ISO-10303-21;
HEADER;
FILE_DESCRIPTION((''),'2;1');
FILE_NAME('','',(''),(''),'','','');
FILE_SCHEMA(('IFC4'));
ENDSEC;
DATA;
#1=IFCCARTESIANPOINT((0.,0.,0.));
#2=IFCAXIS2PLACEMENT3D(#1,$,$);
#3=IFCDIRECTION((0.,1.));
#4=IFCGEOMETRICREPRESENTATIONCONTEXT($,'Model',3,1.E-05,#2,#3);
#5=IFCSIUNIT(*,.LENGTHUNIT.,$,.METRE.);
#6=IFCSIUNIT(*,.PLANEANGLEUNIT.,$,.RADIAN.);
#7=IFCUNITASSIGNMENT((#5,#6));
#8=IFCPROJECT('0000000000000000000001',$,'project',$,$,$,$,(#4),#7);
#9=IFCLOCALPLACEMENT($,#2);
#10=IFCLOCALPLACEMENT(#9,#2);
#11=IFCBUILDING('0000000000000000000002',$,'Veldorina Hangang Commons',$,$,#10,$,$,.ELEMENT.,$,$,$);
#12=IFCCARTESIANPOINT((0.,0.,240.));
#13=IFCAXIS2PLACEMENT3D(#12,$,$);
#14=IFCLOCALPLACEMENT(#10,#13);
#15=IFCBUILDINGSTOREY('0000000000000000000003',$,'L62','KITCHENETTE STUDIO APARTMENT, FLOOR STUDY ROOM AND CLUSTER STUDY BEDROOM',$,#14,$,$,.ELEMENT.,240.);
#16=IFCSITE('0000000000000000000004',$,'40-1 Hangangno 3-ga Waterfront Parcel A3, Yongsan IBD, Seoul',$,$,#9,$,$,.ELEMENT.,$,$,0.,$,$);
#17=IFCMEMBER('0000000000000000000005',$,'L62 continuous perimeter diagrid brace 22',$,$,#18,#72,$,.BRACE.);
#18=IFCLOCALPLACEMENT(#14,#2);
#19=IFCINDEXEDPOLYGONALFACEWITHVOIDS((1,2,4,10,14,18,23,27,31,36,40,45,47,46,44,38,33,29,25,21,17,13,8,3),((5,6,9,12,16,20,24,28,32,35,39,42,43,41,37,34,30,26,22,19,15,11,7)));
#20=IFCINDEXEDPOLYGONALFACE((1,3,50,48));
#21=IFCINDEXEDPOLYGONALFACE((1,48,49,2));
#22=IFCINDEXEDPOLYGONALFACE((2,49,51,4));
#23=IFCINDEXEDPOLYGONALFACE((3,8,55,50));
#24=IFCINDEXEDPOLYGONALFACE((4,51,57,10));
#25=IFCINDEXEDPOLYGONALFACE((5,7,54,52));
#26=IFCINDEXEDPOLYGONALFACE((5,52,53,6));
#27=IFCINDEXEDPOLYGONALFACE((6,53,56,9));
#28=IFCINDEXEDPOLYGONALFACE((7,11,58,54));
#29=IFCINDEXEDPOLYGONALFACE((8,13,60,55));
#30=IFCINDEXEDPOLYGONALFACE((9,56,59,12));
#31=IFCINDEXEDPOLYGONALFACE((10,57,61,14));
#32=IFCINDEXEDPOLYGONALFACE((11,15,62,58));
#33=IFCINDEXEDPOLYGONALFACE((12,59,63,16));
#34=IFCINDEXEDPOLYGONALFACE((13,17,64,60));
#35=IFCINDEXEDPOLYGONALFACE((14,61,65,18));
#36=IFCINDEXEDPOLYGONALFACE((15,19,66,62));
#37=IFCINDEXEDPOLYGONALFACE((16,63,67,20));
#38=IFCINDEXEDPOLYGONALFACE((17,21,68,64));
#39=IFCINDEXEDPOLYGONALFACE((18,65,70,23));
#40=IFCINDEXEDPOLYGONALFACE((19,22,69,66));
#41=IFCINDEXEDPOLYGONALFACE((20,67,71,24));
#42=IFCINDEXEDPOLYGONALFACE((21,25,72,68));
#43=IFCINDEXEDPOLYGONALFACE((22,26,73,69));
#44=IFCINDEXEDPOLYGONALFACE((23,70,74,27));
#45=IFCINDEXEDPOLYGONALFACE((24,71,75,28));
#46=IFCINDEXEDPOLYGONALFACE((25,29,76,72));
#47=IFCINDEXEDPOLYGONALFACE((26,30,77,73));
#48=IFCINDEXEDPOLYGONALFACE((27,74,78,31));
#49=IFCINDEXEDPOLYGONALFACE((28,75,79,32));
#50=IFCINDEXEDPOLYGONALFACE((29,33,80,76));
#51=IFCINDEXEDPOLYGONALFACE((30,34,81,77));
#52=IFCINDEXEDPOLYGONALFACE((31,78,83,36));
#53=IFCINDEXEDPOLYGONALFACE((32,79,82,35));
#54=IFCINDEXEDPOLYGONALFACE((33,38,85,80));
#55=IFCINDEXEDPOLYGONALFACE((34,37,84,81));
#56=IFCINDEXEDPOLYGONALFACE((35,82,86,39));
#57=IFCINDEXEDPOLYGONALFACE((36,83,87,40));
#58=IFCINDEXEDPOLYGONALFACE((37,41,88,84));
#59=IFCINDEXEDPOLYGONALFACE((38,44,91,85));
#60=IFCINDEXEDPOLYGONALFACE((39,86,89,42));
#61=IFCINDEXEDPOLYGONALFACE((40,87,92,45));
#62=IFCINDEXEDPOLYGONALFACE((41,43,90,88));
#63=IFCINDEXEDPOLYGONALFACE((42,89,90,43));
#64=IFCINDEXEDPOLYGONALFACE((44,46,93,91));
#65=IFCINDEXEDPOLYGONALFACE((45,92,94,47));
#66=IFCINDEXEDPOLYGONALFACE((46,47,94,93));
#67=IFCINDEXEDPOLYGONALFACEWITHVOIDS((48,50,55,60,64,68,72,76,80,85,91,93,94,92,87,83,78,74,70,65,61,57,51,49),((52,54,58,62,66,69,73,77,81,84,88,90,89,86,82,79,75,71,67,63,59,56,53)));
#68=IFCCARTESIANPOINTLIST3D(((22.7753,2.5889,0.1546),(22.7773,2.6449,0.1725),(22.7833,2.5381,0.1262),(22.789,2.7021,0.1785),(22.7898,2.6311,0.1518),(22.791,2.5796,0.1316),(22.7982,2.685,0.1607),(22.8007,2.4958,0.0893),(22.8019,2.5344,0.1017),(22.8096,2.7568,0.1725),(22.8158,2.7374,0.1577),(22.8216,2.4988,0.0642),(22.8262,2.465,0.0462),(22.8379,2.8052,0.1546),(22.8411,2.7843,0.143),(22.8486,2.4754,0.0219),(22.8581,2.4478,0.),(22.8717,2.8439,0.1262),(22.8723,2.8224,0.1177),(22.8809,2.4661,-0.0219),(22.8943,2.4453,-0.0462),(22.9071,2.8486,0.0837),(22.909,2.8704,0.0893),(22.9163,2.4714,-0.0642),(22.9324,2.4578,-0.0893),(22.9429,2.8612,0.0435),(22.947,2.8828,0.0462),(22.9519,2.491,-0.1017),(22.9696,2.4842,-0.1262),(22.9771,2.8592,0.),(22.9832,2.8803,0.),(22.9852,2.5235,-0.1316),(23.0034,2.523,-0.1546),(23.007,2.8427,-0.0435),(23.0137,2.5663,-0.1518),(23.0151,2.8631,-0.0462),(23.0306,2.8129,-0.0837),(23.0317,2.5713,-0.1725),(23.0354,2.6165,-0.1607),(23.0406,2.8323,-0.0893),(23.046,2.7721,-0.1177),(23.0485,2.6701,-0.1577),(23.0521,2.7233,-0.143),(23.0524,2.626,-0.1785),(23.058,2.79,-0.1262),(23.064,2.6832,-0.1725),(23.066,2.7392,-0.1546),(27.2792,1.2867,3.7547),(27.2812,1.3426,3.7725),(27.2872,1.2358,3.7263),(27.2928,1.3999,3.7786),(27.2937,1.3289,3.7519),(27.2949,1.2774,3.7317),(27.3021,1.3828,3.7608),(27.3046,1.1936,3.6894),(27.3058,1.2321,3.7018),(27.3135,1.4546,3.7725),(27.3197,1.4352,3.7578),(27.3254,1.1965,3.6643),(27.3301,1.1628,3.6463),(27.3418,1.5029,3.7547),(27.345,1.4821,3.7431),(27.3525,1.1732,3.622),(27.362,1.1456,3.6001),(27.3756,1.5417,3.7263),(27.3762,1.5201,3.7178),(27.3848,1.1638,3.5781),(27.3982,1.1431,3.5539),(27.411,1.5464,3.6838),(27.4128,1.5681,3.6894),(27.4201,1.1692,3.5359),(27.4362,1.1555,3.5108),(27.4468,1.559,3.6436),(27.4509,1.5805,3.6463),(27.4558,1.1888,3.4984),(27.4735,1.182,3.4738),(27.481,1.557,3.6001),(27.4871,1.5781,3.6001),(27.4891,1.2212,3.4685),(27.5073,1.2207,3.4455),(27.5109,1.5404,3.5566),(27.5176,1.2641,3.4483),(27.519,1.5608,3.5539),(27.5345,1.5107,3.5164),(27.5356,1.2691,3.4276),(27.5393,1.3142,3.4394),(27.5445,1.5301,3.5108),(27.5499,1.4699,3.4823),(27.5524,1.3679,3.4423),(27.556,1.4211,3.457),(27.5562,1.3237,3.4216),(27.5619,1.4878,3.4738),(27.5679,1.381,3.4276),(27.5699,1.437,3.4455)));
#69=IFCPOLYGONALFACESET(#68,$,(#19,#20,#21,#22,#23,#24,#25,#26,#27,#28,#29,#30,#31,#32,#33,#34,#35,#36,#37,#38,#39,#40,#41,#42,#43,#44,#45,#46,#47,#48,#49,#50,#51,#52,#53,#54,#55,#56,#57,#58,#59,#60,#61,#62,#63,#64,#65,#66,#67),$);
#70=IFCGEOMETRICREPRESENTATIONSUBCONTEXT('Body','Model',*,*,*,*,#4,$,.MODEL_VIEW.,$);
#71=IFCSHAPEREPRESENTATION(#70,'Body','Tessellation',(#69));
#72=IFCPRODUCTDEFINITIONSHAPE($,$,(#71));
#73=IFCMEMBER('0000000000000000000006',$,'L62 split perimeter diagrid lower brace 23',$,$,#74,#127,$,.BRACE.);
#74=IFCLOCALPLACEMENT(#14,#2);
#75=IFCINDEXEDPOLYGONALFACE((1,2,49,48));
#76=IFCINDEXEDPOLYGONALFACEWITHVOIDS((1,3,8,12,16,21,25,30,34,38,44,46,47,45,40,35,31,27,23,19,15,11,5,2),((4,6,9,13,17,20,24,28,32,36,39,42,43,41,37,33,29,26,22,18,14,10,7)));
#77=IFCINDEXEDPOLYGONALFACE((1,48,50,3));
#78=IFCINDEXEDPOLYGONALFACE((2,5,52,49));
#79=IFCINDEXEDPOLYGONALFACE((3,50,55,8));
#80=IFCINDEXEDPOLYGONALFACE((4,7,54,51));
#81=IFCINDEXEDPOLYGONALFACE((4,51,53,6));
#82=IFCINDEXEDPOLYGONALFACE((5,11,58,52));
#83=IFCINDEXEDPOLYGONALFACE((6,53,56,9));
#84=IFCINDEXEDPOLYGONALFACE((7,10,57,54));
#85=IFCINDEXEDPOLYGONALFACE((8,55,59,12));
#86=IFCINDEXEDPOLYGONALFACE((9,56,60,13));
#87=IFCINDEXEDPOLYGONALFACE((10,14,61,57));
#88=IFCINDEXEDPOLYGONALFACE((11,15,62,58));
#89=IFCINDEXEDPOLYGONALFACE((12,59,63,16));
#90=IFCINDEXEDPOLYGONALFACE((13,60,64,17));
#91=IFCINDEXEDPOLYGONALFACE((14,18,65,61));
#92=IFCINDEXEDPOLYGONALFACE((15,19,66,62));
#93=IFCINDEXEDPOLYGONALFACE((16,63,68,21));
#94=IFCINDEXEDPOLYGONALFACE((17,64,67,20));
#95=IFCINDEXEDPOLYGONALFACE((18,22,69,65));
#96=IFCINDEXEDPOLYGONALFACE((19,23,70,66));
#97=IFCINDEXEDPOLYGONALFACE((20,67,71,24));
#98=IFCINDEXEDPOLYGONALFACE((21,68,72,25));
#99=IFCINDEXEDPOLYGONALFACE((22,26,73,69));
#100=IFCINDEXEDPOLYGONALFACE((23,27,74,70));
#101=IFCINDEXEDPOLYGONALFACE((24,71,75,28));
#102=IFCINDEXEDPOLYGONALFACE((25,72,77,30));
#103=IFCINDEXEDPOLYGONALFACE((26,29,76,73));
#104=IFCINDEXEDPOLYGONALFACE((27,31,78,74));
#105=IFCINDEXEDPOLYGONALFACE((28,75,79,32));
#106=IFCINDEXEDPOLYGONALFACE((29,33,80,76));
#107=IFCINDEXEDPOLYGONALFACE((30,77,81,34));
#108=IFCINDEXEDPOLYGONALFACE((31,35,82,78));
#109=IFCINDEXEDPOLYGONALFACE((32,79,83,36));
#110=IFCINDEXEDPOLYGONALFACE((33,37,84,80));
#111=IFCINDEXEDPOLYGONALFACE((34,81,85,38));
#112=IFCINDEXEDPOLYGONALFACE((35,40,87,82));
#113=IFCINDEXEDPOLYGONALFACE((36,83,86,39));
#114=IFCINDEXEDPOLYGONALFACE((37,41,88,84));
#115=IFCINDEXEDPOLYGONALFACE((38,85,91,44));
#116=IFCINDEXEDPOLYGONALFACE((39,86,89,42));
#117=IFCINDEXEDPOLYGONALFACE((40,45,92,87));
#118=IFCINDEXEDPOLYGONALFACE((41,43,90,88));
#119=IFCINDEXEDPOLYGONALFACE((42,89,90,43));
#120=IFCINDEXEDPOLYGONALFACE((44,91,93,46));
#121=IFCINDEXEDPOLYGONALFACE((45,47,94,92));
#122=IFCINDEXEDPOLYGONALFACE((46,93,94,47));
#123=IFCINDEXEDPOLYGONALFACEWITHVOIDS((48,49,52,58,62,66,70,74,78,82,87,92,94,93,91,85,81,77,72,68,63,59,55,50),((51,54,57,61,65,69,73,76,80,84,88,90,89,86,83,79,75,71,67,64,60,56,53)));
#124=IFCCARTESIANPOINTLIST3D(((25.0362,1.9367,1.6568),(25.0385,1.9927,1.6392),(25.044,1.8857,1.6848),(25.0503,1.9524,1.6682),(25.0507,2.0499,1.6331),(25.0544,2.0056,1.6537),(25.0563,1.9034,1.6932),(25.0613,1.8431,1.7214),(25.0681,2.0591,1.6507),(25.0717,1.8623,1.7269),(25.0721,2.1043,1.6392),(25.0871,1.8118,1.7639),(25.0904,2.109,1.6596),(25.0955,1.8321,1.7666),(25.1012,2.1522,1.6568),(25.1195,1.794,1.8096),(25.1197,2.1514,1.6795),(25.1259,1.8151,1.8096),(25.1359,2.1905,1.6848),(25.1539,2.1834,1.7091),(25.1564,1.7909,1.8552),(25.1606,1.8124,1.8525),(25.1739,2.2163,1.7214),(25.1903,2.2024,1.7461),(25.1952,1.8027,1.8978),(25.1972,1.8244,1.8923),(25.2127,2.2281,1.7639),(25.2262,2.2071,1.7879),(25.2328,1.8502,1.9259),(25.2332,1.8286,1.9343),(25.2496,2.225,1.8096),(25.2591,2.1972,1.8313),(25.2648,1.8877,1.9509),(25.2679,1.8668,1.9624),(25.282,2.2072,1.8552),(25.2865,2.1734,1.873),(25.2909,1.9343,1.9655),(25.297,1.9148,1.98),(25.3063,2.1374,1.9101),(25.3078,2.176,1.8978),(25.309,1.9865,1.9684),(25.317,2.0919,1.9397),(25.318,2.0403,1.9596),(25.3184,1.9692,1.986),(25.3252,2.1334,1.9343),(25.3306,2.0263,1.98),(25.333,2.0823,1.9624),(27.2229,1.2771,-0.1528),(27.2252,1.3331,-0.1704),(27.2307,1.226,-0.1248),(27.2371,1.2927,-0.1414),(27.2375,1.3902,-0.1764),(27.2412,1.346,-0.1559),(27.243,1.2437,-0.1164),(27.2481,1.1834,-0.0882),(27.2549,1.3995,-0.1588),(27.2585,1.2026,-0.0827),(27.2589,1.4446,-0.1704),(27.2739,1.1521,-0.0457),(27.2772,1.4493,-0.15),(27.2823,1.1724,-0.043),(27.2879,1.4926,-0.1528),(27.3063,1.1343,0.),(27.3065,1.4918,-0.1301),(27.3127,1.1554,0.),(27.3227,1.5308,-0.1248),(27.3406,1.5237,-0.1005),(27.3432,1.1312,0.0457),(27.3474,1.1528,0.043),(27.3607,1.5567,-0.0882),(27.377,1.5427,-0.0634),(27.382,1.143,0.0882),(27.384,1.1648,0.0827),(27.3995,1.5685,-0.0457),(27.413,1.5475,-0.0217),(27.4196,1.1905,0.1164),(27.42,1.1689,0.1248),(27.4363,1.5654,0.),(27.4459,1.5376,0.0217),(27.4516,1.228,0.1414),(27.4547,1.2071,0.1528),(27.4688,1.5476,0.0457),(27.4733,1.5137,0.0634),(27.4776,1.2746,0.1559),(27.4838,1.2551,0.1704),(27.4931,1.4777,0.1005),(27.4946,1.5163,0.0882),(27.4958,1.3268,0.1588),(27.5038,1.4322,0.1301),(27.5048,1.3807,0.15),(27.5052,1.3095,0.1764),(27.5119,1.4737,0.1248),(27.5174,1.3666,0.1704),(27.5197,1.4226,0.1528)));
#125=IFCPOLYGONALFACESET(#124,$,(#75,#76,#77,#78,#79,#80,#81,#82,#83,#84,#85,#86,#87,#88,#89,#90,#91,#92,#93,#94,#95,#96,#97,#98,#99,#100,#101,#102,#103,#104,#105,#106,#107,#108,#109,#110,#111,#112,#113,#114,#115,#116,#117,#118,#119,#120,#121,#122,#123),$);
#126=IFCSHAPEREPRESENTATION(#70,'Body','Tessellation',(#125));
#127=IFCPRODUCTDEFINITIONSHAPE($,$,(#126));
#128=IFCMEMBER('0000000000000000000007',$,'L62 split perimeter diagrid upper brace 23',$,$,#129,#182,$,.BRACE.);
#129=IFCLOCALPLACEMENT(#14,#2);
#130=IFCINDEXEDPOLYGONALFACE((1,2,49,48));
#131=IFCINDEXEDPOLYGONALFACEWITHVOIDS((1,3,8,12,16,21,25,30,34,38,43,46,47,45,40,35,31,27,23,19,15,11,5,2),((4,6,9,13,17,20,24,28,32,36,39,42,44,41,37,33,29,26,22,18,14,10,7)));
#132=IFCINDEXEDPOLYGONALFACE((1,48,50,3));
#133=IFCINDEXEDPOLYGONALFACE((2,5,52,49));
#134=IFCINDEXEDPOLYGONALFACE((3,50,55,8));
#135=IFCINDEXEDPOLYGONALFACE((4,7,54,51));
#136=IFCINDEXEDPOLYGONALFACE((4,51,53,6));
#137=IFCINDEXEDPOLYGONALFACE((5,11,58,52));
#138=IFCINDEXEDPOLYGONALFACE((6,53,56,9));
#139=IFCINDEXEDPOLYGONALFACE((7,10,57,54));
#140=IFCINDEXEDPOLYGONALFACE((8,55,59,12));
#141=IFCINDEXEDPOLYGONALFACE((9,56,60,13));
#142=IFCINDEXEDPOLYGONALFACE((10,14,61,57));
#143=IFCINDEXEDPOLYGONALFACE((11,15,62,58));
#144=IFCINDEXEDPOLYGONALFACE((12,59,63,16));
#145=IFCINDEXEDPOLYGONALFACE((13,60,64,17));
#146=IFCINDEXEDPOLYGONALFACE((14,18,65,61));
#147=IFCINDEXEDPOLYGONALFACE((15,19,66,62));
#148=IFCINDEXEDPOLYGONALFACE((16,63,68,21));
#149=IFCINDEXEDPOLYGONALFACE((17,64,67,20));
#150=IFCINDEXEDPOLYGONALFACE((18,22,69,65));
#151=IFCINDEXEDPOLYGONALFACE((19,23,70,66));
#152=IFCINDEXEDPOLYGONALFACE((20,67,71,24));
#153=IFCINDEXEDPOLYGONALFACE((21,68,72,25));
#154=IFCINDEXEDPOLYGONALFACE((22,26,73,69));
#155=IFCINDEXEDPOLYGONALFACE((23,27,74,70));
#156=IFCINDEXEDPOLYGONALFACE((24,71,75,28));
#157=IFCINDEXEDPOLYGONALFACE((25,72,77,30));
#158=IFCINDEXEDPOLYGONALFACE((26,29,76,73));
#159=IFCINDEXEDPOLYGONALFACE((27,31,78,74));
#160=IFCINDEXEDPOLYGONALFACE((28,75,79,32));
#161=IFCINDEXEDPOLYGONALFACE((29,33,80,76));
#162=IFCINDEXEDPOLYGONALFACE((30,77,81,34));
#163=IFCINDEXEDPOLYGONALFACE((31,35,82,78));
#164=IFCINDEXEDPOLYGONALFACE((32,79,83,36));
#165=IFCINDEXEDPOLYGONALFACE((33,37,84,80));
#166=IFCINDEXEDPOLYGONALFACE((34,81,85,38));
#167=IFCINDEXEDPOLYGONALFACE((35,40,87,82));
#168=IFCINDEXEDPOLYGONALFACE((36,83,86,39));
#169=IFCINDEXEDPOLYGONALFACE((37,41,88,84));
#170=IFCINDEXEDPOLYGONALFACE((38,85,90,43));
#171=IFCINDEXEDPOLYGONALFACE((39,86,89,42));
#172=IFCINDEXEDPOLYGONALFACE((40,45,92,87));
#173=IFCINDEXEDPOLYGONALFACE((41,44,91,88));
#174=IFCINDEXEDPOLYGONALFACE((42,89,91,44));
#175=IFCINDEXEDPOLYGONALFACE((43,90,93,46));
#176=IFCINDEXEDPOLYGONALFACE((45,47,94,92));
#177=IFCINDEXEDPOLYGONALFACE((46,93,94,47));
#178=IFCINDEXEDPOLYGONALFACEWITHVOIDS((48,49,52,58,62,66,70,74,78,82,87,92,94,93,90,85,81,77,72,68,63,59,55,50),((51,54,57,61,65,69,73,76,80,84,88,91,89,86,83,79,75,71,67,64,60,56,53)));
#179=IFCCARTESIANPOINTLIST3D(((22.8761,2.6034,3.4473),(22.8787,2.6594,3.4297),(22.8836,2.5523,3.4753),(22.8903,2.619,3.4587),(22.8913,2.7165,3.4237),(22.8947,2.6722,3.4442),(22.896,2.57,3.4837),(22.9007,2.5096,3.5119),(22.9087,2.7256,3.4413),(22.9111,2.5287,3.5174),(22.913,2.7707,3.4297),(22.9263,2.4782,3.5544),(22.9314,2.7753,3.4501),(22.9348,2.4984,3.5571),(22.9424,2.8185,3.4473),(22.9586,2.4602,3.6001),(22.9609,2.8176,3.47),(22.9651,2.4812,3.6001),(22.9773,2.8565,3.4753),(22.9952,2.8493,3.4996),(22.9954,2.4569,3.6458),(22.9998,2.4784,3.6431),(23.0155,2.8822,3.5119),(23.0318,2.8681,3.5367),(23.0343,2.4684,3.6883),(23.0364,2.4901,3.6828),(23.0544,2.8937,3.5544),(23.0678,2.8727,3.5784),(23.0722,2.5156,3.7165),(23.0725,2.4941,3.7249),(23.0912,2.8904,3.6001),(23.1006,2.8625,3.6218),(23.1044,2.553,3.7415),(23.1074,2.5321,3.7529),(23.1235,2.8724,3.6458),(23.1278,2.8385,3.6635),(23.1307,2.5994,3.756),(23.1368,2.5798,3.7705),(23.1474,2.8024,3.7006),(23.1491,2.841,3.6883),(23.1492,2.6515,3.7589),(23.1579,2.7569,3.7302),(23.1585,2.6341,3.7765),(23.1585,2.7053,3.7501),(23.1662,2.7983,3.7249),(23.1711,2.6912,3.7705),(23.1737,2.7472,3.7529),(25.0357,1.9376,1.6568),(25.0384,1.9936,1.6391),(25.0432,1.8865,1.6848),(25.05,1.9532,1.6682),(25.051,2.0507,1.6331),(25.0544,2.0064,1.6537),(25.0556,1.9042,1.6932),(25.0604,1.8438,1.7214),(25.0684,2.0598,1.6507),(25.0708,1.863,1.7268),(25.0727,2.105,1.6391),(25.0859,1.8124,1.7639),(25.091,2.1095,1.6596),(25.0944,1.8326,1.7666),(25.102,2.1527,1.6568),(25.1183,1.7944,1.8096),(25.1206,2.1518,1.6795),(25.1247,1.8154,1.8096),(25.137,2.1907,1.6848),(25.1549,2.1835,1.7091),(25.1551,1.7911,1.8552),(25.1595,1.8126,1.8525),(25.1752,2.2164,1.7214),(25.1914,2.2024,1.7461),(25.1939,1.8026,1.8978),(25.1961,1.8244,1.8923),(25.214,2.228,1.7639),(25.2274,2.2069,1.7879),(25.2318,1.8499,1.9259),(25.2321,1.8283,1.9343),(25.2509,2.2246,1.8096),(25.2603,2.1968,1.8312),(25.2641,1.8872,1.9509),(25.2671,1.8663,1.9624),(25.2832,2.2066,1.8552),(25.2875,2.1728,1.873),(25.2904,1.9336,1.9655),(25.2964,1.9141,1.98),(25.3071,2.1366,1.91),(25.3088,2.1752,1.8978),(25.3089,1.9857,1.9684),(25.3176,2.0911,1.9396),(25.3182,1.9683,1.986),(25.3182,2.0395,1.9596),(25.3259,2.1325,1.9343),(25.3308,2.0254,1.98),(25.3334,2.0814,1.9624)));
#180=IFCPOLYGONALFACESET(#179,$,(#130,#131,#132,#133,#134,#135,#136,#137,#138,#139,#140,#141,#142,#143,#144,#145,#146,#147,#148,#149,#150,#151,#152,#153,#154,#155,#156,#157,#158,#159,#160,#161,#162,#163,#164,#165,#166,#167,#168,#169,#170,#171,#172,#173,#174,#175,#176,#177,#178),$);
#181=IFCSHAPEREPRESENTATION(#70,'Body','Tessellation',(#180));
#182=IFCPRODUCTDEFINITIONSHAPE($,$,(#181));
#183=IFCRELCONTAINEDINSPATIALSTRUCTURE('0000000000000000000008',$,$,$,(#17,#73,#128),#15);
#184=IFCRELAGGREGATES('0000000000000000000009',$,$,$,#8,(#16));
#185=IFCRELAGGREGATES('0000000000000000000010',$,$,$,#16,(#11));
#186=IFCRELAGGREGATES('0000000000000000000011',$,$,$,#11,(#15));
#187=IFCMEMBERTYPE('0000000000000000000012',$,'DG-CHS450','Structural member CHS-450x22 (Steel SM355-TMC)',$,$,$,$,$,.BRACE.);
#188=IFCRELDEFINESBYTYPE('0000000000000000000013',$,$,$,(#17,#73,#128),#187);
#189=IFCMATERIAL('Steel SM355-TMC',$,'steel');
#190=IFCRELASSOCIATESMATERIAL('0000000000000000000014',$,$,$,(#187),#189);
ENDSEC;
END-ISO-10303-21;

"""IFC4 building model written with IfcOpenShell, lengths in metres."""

from ifc_helpers import new_model, si_unit, direction, frame, origin, origin_2d, place, context, subcontext, project, spatial, hollow_circle, extrude, material, material_profile, profile_set, type_object, element, save


model = new_model("IFC4")

# Units and contexts
model_context = context("Model", 3, precision=1e-05, world=origin(), true_north=direction((0.0, 1.0)))
body_context = subcontext(model_context, "Body", "Model", "MODEL_VIEW")
ifc_project = project(units=[si_unit("LENGTHUNIT", "METRE"), si_unit("PLANEANGLEUNIT", "RADIAN")], contexts=[model_context])

# Site, building, storey
site_placement = place(None, origin())
site = spatial("IfcSite", under=ifc_project, at=site_placement, Name="40-1 Hangangno 3-ga Waterfront Parcel A3, Yongsan IBD, Seoul", CompositionType="ELEMENT", RefElevation=0.0)
building_placement = place(site_placement, origin())
building = spatial("IfcBuilding", under=site, at=building_placement, Name="Veldorina Hangang Commons", CompositionType="ELEMENT")
storey_placement = place(building_placement, frame((0.0, 0.0, 240.0)))
storey = spatial("IfcBuildingStorey", under=building, at=storey_placement, Name="L62", Description="KITCHENETTE STUDIO APARTMENT, FLOOR STUDY ROOM AND CLUSTER STUDY BEDROOM", CompositionType="ELEMENT", Elevation=240.0)

# Shared definitions
ifc_material_1 = material(Name="Steel SM355-TMC", Category="steel")

# Members
ifc_material_profile_1 = material_profile(ifc_material_1, hollow_circle(Radius=0.2251, WallThickness=0.022, at=origin_2d()), Name="CHS-450x22")
ifc_profile_set_1 = profile_set([ifc_material_profile_1], Name="Steel SM355-TMC")
member_type_1 = type_object("IfcMemberType", Name="DG-CHS450", Description="Structural member CHS-450x22 (Steel SM355-TMC)", PredefinedType="BRACE", material=ifc_profile_set_1)
member_1_placement = place(storey_placement, frame((22.9207, 2.6641, 0.0), z_axis=(0.761934, -0.220303, 0.609035), x_axis=(0.27776, 0.960651, 0.0)))
element("IfcMember", 1, at=member_1_placement, inside=storey, type_object=member_type_1, Name="L62 continuous perimeter diagrid brace 22", PredefinedType="BRACE", context=body_context, shape_type="SweptSolid", body=[
    extrude(hollow_circle(Radius=0.2251, WallThickness=0.022, at=origin_2d()), origin(), (0.0, 0.0, 1.0), 5.9111),
])
member_2_placement = place(storey_placement, frame((27.3713, 1.3499, 0.0), z_axis=(-0.750423, 0.226375, 0.620982), x_axis=(-0.288809, -0.957387, 0.0)))
element("IfcMember", 2, at=member_2_placement, inside=storey, type_object=member_type_1, Name="L62 split perimeter diagrid lower brace 23", PredefinedType="BRACE", context=body_context, shape_type="SweptSolid", body=[
    extrude(hollow_circle(Radius=0.2251, WallThickness=0.022, at=origin_2d()), origin(), (0.0, 0.0, 1.0), 2.9141),
])
member_3_placement = place(storey_placement, frame((25.1846, 2.0095, 1.8096), z_axis=(-0.749027, 0.230906, 0.621), x_axis=(-0.294594, -0.955622, 0.0)))
element("IfcMember", 3, at=member_3_placement, inside=storey, type_object=member_type_1, Name="L62 split perimeter diagrid upper brace 23", PredefinedType="BRACE", context=body_context, shape_type="SweptSolid", body=[
    extrude(hollow_circle(Radius=0.2251, WallThickness=0.022, at=origin_2d()), origin(), (0.0, 0.0, 1.0), 2.8833),
])

save(model, "model.ifc")
